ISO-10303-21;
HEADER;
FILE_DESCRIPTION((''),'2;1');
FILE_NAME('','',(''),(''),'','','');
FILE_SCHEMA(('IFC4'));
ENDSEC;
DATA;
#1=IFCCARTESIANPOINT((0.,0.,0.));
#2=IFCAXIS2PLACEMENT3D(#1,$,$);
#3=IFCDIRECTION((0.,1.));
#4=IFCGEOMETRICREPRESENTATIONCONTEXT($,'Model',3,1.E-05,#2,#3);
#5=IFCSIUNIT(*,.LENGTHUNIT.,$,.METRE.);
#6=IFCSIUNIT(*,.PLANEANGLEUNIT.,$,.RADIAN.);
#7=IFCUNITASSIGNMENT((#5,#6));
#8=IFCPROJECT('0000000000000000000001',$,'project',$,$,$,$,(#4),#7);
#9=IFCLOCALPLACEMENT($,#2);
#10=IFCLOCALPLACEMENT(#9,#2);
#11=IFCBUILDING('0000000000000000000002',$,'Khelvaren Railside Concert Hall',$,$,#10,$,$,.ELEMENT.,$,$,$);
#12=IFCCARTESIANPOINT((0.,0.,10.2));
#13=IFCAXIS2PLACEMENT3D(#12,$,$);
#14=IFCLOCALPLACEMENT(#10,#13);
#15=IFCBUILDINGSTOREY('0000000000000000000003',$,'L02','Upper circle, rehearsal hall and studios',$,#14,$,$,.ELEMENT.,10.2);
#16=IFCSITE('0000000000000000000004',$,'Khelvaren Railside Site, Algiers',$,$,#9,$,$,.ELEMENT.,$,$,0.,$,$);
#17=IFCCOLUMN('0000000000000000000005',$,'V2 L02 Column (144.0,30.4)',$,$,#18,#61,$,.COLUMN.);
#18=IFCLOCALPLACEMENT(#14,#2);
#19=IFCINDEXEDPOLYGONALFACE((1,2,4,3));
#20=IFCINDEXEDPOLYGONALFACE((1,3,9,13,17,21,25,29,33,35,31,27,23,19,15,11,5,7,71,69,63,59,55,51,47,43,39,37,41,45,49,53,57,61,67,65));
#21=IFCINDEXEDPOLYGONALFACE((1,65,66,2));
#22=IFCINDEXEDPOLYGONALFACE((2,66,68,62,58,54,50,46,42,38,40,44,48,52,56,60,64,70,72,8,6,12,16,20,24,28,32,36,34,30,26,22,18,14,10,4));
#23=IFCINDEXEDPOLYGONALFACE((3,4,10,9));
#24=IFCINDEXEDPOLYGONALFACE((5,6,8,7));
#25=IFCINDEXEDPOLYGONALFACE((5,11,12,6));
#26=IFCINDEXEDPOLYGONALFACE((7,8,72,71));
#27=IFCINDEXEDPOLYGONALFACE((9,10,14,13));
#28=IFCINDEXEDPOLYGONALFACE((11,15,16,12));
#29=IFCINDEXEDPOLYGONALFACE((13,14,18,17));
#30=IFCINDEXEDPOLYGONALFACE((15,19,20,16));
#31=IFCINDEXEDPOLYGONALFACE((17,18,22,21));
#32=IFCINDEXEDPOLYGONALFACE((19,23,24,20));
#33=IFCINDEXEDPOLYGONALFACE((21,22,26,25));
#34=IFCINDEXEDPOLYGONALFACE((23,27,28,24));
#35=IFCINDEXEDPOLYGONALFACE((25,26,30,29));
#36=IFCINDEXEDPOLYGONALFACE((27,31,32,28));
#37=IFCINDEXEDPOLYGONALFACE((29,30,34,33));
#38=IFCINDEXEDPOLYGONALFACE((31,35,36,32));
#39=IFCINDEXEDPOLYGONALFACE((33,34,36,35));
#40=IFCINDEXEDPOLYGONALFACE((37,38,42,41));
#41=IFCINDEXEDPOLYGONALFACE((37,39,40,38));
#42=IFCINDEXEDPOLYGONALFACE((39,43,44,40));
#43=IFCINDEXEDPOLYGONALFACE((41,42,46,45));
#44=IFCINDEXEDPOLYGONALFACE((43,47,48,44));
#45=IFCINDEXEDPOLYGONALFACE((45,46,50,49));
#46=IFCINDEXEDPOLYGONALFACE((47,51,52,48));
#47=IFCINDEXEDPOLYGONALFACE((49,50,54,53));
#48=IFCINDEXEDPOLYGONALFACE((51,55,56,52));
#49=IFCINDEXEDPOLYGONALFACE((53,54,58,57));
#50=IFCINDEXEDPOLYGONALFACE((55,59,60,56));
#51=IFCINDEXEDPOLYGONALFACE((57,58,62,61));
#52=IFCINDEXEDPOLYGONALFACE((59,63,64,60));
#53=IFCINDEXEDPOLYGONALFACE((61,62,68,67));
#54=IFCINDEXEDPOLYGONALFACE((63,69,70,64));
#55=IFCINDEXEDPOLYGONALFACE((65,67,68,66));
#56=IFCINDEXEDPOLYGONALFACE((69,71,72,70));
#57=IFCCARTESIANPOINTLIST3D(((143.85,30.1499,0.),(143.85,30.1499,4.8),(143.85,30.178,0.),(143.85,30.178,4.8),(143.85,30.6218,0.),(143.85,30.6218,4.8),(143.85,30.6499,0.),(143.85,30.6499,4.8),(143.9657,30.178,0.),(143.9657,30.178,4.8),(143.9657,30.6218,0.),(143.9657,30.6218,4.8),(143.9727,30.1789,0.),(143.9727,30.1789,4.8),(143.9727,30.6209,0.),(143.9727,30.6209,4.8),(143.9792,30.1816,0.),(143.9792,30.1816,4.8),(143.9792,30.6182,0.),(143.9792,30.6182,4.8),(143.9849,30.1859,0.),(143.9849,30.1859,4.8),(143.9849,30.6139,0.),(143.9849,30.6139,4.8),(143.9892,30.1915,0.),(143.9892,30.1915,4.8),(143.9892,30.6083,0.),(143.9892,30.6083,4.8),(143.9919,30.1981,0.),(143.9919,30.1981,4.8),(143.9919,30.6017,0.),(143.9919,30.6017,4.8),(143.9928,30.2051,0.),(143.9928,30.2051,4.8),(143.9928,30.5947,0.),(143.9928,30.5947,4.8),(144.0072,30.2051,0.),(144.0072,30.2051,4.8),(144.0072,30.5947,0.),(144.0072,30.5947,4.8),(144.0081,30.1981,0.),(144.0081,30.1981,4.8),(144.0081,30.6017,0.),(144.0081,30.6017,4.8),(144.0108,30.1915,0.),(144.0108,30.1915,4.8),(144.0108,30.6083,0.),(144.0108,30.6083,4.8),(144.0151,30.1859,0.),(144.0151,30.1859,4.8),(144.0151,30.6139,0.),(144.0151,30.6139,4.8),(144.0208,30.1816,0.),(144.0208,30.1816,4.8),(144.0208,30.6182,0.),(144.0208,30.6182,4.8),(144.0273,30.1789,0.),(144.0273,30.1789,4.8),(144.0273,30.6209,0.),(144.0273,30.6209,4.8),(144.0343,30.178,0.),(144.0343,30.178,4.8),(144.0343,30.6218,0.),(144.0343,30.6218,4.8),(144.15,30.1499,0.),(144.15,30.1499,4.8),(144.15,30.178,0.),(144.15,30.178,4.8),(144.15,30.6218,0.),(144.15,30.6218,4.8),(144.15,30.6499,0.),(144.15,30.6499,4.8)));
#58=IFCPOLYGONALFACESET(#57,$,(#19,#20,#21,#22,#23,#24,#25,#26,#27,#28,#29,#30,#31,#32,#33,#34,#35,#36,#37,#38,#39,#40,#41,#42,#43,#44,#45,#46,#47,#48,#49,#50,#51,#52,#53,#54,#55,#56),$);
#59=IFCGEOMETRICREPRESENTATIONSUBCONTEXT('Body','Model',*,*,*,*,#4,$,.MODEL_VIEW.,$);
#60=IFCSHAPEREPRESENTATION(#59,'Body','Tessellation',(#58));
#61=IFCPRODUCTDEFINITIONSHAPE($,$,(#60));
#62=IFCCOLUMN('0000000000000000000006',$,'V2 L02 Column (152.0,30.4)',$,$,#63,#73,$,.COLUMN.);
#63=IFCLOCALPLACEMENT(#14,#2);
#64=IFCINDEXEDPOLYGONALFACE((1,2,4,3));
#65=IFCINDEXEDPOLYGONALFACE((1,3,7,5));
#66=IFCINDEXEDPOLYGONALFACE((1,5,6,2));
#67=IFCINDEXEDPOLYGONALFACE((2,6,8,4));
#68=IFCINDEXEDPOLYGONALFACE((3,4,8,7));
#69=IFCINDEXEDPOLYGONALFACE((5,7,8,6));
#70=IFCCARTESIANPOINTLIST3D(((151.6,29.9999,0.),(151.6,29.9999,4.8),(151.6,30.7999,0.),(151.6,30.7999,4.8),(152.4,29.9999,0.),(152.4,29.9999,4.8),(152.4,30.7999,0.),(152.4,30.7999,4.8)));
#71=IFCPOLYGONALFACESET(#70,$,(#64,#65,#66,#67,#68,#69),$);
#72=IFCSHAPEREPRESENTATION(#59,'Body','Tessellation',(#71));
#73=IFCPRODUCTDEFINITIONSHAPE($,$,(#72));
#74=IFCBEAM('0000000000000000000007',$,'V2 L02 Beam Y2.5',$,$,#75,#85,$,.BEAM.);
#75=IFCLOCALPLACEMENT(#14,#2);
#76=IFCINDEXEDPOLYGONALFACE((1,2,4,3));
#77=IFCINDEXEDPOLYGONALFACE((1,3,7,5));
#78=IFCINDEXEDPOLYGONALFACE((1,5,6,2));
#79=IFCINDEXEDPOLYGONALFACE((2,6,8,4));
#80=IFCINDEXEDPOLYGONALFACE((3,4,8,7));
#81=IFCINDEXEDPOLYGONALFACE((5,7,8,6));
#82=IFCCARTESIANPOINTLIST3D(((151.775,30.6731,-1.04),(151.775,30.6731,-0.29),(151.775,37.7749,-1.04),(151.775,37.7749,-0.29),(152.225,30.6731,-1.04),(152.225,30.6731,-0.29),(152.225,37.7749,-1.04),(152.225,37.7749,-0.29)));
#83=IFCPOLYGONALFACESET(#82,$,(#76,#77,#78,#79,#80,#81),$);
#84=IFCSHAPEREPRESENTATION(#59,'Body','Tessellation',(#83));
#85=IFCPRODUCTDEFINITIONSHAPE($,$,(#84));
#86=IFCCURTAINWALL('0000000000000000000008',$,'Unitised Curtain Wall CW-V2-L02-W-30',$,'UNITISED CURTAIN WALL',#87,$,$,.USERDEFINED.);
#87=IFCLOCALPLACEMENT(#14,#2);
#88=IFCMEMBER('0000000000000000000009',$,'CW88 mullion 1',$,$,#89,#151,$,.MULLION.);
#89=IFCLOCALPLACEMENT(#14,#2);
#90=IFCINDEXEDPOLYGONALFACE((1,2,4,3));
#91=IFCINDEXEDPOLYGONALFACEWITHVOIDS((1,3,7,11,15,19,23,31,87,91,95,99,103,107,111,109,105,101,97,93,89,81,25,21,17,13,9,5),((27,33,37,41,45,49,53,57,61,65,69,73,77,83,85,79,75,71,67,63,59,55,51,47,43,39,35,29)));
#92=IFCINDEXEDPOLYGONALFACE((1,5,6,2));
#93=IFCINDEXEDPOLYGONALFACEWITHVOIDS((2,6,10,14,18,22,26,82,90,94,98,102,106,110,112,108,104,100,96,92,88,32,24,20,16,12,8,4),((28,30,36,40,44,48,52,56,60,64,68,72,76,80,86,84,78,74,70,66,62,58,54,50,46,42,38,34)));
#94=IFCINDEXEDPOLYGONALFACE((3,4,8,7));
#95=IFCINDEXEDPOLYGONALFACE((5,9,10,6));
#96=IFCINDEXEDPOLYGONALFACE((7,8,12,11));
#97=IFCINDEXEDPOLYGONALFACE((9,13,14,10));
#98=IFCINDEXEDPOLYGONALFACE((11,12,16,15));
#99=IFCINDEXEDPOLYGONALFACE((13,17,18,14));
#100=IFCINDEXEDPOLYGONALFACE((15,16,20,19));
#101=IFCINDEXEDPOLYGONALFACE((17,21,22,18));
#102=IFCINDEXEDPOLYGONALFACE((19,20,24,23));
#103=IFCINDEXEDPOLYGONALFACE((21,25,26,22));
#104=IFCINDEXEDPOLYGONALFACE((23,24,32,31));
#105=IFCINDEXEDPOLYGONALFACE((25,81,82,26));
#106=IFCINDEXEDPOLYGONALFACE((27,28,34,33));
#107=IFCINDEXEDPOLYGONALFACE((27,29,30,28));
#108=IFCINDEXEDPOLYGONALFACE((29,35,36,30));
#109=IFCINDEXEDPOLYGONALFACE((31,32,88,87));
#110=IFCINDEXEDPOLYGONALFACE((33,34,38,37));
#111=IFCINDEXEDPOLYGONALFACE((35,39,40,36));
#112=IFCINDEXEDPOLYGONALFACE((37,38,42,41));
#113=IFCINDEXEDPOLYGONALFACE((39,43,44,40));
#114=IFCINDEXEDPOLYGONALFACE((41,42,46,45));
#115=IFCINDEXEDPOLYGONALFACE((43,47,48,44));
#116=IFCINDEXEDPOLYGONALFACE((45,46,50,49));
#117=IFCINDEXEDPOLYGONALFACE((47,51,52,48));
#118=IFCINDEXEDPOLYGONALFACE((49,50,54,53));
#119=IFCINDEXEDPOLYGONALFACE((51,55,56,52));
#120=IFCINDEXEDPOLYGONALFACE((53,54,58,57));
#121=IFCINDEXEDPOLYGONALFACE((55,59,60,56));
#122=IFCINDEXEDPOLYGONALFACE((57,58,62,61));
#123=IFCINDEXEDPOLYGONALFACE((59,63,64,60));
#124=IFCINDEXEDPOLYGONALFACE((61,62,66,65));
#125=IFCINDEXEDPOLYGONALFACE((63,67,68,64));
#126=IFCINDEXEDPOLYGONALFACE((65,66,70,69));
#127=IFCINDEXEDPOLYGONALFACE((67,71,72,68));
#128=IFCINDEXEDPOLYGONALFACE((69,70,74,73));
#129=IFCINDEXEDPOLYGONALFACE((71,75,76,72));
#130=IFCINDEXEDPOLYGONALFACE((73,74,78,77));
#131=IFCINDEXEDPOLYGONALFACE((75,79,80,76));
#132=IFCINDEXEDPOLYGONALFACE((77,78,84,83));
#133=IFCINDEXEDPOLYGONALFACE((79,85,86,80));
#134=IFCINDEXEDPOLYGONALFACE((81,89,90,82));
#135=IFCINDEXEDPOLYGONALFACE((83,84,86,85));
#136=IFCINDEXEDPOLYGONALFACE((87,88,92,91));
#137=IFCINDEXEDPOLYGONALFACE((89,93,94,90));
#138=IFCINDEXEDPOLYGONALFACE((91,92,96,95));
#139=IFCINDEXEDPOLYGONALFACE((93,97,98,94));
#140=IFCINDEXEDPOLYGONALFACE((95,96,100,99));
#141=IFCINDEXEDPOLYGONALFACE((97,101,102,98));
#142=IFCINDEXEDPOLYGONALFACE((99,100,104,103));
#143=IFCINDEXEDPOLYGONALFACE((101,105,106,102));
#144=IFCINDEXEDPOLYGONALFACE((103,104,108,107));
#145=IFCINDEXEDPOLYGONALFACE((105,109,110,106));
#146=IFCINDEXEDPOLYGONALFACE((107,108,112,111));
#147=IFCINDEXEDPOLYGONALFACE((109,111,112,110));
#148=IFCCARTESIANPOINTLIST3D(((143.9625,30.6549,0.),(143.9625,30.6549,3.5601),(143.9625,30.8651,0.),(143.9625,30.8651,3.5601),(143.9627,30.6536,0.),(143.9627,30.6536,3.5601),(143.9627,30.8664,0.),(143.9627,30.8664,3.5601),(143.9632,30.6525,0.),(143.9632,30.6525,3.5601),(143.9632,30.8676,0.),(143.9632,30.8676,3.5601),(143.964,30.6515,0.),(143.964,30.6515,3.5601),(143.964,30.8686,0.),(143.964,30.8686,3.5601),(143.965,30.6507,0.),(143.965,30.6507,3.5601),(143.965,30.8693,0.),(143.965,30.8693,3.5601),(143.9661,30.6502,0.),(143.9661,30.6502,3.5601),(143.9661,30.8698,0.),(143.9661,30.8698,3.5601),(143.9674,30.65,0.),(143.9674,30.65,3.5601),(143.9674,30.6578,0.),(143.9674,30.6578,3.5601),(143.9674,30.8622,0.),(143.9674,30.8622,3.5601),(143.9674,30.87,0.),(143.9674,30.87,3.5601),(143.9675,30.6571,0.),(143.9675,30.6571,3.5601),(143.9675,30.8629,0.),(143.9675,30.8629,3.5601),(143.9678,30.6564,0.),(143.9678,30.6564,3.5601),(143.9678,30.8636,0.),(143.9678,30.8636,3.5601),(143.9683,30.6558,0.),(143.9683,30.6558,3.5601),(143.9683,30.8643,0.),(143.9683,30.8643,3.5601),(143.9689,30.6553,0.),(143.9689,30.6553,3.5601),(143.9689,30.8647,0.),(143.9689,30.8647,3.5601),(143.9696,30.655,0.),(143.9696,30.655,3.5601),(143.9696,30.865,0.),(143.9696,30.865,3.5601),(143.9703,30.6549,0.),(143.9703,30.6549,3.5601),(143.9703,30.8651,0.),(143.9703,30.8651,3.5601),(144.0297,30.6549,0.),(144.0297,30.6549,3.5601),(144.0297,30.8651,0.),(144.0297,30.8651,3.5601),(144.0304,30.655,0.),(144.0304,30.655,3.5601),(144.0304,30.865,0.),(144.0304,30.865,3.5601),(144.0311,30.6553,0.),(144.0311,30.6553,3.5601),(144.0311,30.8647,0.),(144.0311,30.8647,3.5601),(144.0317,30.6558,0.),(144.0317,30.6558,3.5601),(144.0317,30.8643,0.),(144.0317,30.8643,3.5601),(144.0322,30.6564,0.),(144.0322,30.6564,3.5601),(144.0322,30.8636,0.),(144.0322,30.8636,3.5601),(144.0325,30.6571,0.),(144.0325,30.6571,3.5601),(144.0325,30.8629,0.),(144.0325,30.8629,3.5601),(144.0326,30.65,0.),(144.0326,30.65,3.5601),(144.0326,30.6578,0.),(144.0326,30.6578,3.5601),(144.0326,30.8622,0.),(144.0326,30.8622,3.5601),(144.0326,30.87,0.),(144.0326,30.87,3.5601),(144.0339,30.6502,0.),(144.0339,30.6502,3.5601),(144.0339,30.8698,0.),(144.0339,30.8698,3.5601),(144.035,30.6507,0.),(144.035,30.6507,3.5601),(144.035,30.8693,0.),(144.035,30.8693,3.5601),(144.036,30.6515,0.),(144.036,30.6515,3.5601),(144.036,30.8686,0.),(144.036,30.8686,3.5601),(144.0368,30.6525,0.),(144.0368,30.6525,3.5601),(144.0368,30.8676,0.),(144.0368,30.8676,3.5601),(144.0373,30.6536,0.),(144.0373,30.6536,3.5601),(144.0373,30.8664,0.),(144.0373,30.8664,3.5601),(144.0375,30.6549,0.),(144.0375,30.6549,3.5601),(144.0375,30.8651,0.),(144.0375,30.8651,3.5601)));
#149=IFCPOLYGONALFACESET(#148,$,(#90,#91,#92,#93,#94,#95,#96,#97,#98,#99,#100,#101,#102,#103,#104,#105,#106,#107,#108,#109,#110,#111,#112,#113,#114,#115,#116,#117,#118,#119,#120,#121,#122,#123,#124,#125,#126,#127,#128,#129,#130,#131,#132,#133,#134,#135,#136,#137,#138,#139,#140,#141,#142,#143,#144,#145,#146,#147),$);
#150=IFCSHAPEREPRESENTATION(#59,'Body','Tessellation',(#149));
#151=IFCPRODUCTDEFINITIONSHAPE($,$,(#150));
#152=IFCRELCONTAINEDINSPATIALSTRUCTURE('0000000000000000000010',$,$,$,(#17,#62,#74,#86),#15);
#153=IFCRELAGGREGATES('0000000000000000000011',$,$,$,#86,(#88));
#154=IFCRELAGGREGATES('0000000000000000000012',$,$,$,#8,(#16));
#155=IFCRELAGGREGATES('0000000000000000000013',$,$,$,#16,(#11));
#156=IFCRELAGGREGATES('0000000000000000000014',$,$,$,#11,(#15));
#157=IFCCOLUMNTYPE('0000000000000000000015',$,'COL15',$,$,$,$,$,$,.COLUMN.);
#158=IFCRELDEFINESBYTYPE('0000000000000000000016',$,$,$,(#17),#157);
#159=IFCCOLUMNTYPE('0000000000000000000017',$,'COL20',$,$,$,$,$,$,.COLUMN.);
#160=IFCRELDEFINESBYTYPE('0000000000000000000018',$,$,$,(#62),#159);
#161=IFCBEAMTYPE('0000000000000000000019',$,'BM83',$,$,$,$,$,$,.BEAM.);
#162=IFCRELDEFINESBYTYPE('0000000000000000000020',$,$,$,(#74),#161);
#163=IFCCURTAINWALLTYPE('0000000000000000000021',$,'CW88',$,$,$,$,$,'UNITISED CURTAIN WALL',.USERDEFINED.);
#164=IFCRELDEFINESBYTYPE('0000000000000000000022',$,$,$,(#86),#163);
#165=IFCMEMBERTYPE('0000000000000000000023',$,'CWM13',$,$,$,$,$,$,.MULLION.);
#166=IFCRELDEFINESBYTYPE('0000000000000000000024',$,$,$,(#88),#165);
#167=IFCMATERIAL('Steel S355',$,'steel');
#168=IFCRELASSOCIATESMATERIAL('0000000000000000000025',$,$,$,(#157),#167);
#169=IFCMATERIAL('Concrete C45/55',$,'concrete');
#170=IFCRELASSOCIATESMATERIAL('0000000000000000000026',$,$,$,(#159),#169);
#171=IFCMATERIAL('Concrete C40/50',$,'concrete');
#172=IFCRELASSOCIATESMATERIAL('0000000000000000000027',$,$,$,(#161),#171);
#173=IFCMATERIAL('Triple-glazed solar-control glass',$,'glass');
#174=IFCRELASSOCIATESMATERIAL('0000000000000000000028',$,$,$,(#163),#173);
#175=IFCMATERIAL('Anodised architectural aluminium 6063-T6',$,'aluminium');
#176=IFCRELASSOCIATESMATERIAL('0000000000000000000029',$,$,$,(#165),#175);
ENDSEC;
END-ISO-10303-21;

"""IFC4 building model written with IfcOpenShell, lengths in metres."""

from ifc_helpers import new_model, si_unit, direction, frame, origin, origin_2d, place, context, subcontext, project, spatial, rectangle, hollow_rectangle, i_section, extrude, material, material_profile, profile_set, type_object, element, aggregate, save


model = new_model("IFC4")

# Units and contexts
model_context = context("Model", 3, precision=1e-05, world=origin(), true_north=direction((0.0, 1.0)))
body_context = subcontext(model_context, "Body", "Model", "MODEL_VIEW")
ifc_project = project(units=[si_unit("LENGTHUNIT", "METRE"), si_unit("PLANEANGLEUNIT", "RADIAN")], contexts=[model_context])

# Site, building, storey
site_placement = place(None, origin())
site = spatial("IfcSite", under=ifc_project, at=site_placement, Name="Khelvaren Railside Site, Algiers", CompositionType="ELEMENT", RefElevation=0.0)
building_placement = place(site_placement, origin())
building = spatial("IfcBuilding", under=site, at=building_placement, Name="Khelvaren Railside Concert Hall", CompositionType="ELEMENT")
storey_placement = place(building_placement, frame((0.0, 0.0, 10.2)))
storey = spatial("IfcBuildingStorey", under=building, at=storey_placement, Name="L02", Description="Upper circle, rehearsal hall and studios", CompositionType="ELEMENT", Elevation=10.2)

# Columns
ifc_material_1 = material(Name="Steel S355", Category="steel")
ifc_material_profile_1 = material_profile(ifc_material_1, i_section(OverallWidth=0.3, OverallDepth=0.5, WebThickness=0.0144, FlangeThickness=0.0281, FilletRadius=0.0271, at=origin_2d()), Name="HEB 500")
ifc_profile_set_1 = profile_set([ifc_material_profile_1], Name="Steel S355")
column_type_1 = type_object("IfcColumnType", Name="COL15", PredefinedType="COLUMN", material=ifc_profile_set_1)
column_1_placement = place(storey_placement, frame((144.0, 30.3999, 0.0), z_axis=(0.0, 0.0, 1.0), x_axis=(1.0, 0.0, 0.0)))
element("IfcColumn", 1, at=column_1_placement, inside=storey, type_object=column_type_1, Name="V2 L02 Column (144.0,30.4)", PredefinedType="COLUMN", context=body_context, shape_type="SweptSolid", body=[
    extrude(i_section(OverallWidth=0.3, OverallDepth=0.5, WebThickness=0.0144, FlangeThickness=0.0281, FilletRadius=0.0271, at=origin_2d()), origin(), (0.0, 0.0, 1.0), 4.8),
])
ifc_material_2 = material(Name="Concrete C45/55", Category="concrete")
ifc_material_profile_2 = material_profile(ifc_material_2, rectangle(XDim=0.8, YDim=0.8, at=origin_2d()), Name="RC 800x800")
ifc_profile_set_2 = profile_set([ifc_material_profile_2], Name="Concrete C45/55")
column_type_2 = type_object("IfcColumnType", Name="COL20", PredefinedType="COLUMN", material=ifc_profile_set_2)
column_2_placement = place(storey_placement, frame((152.0, 30.3999, 0.0), z_axis=(0.0, 0.0, 1.0), x_axis=(1.0, 0.0, 0.0)))
element("IfcColumn", 2, at=column_2_placement, inside=storey, type_object=column_type_2, Name="V2 L02 Column (152.0,30.4)", PredefinedType="COLUMN", context=body_context, shape_type="SweptSolid", body=[
    extrude(rectangle(XDim=0.8, YDim=0.8, at=origin_2d()), origin(), (0.0, 0.0, 1.0), 4.8),
])

# Beam
ifc_material_3 = material(Name="Concrete C40/50", Category="concrete")
ifc_material_profile_3 = material_profile(ifc_material_3, rectangle(XDim=0.45, YDim=0.75, at=origin_2d()), Name="RCB 450x750")
ifc_profile_set_3 = profile_set([ifc_material_profile_3], Name="Concrete C40/50")
beam_type_1 = type_object("IfcBeamType", Name="BM83", PredefinedType="BEAM", material=ifc_profile_set_3)
beam_1_placement = place(storey_placement, frame((152.0, 30.6731, -0.665), z_axis=(0.0, 1.0, 0.0), x_axis=(-1.0, 0.0, 0.0)))
element("IfcBeam", 3, at=beam_1_placement, inside=storey, type_object=beam_type_1, Name="V2 L02 Beam Y2.5", PredefinedType="BEAM", context=body_context, shape_type="SweptSolid", body=[
    extrude(rectangle(XDim=0.45, YDim=0.75, at=origin_2d()), origin(), (0.0, 0.0, 1.0), 7.1018),
])

# Curtain wall, member
ifc_material_4 = material(Name="Triple-glazed solar-control glass", Category="glass")
curtain_wall_type_1 = type_object("IfcCurtainWallType", Name="CW88", ElementType="UNITISED CURTAIN WALL", PredefinedType="USERDEFINED", material=ifc_material_4)
curtain_wall_1_placement = place(storey_placement, origin())
curtain_wall_1 = element("IfcCurtainWall", 4, at=curtain_wall_1_placement, inside=storey, type_object=curtain_wall_type_1, Name="Unitised Curtain Wall CW-V2-L02-W-30", ObjectType="UNITISED CURTAIN WALL", PredefinedType="USERDEFINED")
ifc_material_5 = material(Name="Anodised architectural aluminium 6063-T6", Category="aluminium")
ifc_material_profile_4 = material_profile(ifc_material_5, hollow_rectangle(XDim=0.075, YDim=0.22, WallThickness=0.0049, InnerFilletRadius=0.0029, OuterFilletRadius=0.0049, at=origin_2d()), Name="CWM 75x220x5")
ifc_profile_set_4 = profile_set([ifc_material_profile_4], Name="Anodised architectural aluminium 6063-T6")
member_type_1 = type_object("IfcMemberType", Name="CWM13", PredefinedType="MULLION", material=ifc_profile_set_4)
member_1_placement = place(storey_placement, frame((144.0, 30.76, 0.0), z_axis=(0.0, 0.0, 1.0), x_axis=(-1.0, 0.0, 0.0)))
member_1 = element("IfcMember", 5, at=member_1_placement, type_object=member_type_1, Name="CW88 mullion 1", PredefinedType="MULLION", context=body_context, shape_type="SweptSolid", body=[
    extrude(hollow_rectangle(XDim=0.075, YDim=0.22, WallThickness=0.0049, InnerFilletRadius=0.0029, OuterFilletRadius=0.0049, at=origin_2d()), origin(), (0.0, 0.0, 1.0), 3.5601),
])

aggregate(curtain_wall_1, [member_1])

save(model, "model.ifc")
